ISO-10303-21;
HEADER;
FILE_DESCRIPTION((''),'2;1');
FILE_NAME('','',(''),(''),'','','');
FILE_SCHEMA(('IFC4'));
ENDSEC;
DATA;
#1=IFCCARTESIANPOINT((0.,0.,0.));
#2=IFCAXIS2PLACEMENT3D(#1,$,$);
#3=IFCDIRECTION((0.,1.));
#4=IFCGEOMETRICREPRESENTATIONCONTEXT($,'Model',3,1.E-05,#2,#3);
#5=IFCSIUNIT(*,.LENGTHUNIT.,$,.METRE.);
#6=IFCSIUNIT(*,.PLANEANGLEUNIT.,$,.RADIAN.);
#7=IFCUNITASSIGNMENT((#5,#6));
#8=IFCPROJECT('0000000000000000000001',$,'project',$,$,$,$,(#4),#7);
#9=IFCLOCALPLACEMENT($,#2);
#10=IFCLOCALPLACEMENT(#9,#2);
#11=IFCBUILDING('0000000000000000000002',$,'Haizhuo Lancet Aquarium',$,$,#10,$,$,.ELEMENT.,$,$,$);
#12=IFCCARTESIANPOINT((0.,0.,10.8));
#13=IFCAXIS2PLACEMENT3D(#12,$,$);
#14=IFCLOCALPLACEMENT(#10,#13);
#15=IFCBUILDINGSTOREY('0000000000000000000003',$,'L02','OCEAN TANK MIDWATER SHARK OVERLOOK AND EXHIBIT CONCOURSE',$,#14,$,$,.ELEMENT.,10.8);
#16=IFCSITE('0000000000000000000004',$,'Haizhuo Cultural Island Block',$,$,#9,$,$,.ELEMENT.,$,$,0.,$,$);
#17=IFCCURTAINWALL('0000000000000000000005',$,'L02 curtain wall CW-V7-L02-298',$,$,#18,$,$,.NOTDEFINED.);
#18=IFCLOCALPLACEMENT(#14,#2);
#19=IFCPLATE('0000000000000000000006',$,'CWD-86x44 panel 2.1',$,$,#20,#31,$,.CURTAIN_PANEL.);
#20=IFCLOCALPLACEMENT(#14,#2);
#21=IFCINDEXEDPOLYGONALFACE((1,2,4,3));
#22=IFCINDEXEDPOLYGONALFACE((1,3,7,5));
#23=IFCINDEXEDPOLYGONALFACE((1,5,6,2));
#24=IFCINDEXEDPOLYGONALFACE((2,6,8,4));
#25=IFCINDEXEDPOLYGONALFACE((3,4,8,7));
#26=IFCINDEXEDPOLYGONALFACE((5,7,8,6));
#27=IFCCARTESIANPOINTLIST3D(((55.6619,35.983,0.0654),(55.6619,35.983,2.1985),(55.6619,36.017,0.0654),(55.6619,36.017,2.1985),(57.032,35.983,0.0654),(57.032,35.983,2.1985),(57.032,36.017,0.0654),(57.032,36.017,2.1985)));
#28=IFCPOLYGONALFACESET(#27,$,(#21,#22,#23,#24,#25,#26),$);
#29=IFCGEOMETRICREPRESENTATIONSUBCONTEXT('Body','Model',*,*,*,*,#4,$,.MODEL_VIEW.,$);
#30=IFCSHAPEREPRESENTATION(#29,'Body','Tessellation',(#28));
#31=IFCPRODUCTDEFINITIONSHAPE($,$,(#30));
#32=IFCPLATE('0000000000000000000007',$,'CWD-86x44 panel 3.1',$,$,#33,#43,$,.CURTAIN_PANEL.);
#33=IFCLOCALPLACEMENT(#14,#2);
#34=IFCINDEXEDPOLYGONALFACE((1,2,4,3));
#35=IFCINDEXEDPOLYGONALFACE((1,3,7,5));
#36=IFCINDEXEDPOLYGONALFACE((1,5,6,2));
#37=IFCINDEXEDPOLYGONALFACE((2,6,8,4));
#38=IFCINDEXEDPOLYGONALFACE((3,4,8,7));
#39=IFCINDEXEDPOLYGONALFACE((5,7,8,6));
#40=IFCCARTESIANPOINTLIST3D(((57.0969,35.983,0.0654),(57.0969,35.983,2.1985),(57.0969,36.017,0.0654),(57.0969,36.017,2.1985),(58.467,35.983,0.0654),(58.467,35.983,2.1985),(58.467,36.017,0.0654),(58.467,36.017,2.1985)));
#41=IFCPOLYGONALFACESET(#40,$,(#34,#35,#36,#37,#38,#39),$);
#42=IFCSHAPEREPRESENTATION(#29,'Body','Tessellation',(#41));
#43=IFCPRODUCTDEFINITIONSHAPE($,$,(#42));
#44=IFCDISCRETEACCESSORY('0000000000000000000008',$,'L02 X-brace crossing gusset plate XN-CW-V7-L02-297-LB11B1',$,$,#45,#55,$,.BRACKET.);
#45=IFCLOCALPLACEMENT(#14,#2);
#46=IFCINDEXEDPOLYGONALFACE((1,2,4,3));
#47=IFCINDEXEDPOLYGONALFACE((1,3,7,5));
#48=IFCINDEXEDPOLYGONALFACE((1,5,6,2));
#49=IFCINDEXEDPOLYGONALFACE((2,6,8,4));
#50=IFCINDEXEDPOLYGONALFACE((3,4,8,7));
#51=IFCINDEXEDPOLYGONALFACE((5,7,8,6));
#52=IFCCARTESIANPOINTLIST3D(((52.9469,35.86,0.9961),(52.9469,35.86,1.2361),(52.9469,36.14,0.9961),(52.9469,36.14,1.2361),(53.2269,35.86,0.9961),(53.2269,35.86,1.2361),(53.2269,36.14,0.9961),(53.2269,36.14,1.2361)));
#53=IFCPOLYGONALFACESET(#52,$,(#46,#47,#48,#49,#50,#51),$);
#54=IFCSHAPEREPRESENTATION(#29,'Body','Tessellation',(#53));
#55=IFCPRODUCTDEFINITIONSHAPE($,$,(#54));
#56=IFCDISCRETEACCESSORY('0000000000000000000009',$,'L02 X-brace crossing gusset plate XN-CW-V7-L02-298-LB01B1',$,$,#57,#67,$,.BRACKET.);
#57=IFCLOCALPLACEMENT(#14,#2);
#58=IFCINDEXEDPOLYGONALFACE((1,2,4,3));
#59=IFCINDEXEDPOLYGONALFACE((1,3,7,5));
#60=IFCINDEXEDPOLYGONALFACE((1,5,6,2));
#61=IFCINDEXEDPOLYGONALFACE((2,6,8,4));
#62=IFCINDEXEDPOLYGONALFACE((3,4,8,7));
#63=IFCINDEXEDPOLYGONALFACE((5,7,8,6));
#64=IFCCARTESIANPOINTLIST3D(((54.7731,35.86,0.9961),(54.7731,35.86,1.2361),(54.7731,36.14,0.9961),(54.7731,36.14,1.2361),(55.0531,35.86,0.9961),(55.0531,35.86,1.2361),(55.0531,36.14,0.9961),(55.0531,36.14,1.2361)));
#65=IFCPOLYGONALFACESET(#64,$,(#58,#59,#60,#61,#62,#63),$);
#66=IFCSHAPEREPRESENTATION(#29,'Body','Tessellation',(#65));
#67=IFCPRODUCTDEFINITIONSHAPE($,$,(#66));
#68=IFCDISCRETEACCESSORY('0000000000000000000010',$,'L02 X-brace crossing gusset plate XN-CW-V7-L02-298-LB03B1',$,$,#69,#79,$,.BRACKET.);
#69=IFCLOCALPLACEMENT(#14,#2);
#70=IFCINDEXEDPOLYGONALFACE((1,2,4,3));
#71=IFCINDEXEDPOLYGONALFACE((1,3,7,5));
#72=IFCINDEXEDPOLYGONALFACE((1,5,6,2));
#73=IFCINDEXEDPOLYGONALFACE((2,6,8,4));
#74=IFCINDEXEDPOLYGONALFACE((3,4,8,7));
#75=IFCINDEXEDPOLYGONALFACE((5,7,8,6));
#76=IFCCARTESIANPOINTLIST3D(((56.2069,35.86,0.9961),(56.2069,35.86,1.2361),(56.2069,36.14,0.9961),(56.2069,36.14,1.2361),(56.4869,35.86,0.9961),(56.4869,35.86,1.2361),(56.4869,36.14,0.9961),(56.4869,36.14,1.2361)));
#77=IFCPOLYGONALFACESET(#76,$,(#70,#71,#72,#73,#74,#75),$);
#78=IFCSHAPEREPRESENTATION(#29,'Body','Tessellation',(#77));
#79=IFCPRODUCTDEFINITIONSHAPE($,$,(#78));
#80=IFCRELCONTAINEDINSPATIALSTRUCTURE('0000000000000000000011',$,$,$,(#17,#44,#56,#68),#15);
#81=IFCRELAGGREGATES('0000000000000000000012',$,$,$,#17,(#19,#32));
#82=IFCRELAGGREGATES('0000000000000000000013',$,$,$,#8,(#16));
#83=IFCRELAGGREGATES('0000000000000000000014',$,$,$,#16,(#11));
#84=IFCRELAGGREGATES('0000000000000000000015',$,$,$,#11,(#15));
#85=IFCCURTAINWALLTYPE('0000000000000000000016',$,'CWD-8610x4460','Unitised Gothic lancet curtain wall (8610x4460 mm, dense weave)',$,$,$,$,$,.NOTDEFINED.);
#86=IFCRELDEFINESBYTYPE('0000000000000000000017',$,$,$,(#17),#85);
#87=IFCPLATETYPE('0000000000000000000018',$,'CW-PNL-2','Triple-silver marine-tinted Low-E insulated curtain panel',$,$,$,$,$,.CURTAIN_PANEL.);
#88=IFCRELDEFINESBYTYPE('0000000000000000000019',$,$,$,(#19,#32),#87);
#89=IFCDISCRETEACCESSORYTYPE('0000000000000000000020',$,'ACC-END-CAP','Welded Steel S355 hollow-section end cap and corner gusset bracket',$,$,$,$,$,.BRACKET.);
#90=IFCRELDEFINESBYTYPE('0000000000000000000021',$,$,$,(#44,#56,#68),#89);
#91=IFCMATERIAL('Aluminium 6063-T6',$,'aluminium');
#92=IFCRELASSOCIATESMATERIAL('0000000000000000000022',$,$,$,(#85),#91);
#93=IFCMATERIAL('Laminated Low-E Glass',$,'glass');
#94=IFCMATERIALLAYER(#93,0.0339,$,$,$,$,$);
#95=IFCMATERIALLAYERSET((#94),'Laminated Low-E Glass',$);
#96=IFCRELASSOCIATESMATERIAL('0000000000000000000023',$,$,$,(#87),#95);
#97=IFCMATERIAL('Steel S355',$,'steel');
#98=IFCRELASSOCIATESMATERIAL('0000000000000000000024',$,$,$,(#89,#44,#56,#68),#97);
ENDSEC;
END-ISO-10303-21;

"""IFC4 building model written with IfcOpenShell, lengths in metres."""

from ifc_helpers import new_model, si_unit, direction, frame, origin, origin_2d, place, context, subcontext, project, spatial, rectangle, extrude, material, layer, layer_set, type_object, element, aggregate, save


model = new_model("IFC4")

# Units and contexts
model_context = context("Model", 3, precision=1e-05, world=origin(), true_north=direction((0.0, 1.0)))
body_context = subcontext(model_context, "Body", "Model", "MODEL_VIEW")
ifc_project = project(units=[si_unit("LENGTHUNIT", "METRE"), si_unit("PLANEANGLEUNIT", "RADIAN")], contexts=[model_context])

# Site, building, storey
site_placement = place(None, origin())
site = spatial("IfcSite", under=ifc_project, at=site_placement, Name="Haizhuo Cultural Island Block", CompositionType="ELEMENT", RefElevation=0.0)
building_placement = place(site_placement, origin())
building = spatial("IfcBuilding", under=site, at=building_placement, Name="Haizhuo Lancet Aquarium", CompositionType="ELEMENT")
storey_placement = place(building_placement, frame((0.0, 0.0, 10.8)))
storey = spatial("IfcBuildingStorey", under=building, at=storey_placement, Name="L02", Description="OCEAN TANK MIDWATER SHARK OVERLOOK AND EXHIBIT CONCOURSE", CompositionType="ELEMENT", Elevation=10.8)

# Shared definitions
ifc_material_1 = material(Name="Steel S355", Category="steel")

# Curtain wall
ifc_material_2 = material(Name="Aluminium 6063-T6", Category="aluminium")
curtain_wall_type = type_object("IfcCurtainWallType", Name="CWD-8610x4460", Description="Unitised Gothic lancet curtain wall (8610x4460 mm, dense weave)", PredefinedType="NOTDEFINED", material=ifc_material_2)
curtain_wall_1_placement = place(storey_placement, origin())
curtain_wall_1 = element("IfcCurtainWall", 1, at=curtain_wall_1_placement, inside=storey, type_object=curtain_wall_type, Name="L02 curtain wall CW-V7-L02-298", PredefinedType="NOTDEFINED")

# Plates
ifc_material_3 = material(Name="Laminated Low-E Glass", Category="glass")
ifc_layer = layer(ifc_material_3, 0.0339)
ifc_layer_set = layer_set([ifc_layer], Name="Laminated Low-E Glass")
plate_type = type_object("IfcPlateType", Name="CW-PNL-2", Description="Triple-silver marine-tinted Low-E insulated curtain panel", PredefinedType="CURTAIN_PANEL", material=ifc_layer_set)
plate_1_placement = place(storey_placement, frame((56.3469, 36.0, 0.0654), z_axis=(0.0, 0.0, 1.0), x_axis=(1.0, 0.0, 0.0)))
plate_1 = element("IfcPlate", 2, at=plate_1_placement, type_object=plate_type, Name="CWD-86x44 panel 2.1", PredefinedType="CURTAIN_PANEL", context=body_context, shape_type="SweptSolid", body=[
    extrude(rectangle(XDim=1.3701, YDim=0.0339, at=origin_2d()), origin(), (0.0, 0.0, 1.0), 2.1331),
])
plate_2_placement = place(storey_placement, frame((57.782, 36.0, 0.0654), z_axis=(0.0, 0.0, 1.0), x_axis=(1.0, 0.0, 0.0)))
plate_2 = element("IfcPlate", 3, at=plate_2_placement, type_object=plate_type, Name="CWD-86x44 panel 3.1", PredefinedType="CURTAIN_PANEL", context=body_context, shape_type="SweptSolid", body=[
    extrude(rectangle(XDim=1.3701, YDim=0.0339, at=origin_2d()), origin(), (0.0, 0.0, 1.0), 2.1331),
])
aggregate(curtain_wall_1, [plate_1, plate_2])

# Discrete accessories
discrete_accessory_type = type_object("IfcDiscreteAccessoryType", Name="ACC-END-CAP", Description="Welded Steel S355 hollow-section end cap and corner gusset bracket", PredefinedType="BRACKET", material=ifc_material_1)
for number, where, z_axis, x_axis, name in (
    (4, (53.0869, 36.0, 0.9961), (0.0, 0.0, 1.0), (1.0, 0.0, 0.0), "L02 X-brace crossing gusset plate XN-CW-V7-L02-297-LB11B1"),
    (5, (54.9131, 36.0, 0.9961), (0.0, 0.0, 1.0), (1.0, 0.0, 0.0), "L02 X-brace crossing gusset plate XN-CW-V7-L02-298-LB01B1"),
    (6, (56.3469, 36.0, 0.9961), (0.0, 0.0, 1.0), (1.0, 0.0, 0.0), "L02 X-brace crossing gusset plate XN-CW-V7-L02-298-LB03B1"),
):
    element("IfcDiscreteAccessory", number, at=place(storey_placement, frame(where, z_axis=z_axis, x_axis=x_axis)), inside=storey, type_object=discrete_accessory_type, material=ifc_material_1, Name=name, PredefinedType="BRACKET", context=body_context, shape_type="SweptSolid", body=[
        extrude(rectangle(XDim=0.28, YDim=0.28, at=origin_2d()), origin(), (0.0, 0.0, 1.0), 0.24),
    ])

save(model, "model.ifc")
